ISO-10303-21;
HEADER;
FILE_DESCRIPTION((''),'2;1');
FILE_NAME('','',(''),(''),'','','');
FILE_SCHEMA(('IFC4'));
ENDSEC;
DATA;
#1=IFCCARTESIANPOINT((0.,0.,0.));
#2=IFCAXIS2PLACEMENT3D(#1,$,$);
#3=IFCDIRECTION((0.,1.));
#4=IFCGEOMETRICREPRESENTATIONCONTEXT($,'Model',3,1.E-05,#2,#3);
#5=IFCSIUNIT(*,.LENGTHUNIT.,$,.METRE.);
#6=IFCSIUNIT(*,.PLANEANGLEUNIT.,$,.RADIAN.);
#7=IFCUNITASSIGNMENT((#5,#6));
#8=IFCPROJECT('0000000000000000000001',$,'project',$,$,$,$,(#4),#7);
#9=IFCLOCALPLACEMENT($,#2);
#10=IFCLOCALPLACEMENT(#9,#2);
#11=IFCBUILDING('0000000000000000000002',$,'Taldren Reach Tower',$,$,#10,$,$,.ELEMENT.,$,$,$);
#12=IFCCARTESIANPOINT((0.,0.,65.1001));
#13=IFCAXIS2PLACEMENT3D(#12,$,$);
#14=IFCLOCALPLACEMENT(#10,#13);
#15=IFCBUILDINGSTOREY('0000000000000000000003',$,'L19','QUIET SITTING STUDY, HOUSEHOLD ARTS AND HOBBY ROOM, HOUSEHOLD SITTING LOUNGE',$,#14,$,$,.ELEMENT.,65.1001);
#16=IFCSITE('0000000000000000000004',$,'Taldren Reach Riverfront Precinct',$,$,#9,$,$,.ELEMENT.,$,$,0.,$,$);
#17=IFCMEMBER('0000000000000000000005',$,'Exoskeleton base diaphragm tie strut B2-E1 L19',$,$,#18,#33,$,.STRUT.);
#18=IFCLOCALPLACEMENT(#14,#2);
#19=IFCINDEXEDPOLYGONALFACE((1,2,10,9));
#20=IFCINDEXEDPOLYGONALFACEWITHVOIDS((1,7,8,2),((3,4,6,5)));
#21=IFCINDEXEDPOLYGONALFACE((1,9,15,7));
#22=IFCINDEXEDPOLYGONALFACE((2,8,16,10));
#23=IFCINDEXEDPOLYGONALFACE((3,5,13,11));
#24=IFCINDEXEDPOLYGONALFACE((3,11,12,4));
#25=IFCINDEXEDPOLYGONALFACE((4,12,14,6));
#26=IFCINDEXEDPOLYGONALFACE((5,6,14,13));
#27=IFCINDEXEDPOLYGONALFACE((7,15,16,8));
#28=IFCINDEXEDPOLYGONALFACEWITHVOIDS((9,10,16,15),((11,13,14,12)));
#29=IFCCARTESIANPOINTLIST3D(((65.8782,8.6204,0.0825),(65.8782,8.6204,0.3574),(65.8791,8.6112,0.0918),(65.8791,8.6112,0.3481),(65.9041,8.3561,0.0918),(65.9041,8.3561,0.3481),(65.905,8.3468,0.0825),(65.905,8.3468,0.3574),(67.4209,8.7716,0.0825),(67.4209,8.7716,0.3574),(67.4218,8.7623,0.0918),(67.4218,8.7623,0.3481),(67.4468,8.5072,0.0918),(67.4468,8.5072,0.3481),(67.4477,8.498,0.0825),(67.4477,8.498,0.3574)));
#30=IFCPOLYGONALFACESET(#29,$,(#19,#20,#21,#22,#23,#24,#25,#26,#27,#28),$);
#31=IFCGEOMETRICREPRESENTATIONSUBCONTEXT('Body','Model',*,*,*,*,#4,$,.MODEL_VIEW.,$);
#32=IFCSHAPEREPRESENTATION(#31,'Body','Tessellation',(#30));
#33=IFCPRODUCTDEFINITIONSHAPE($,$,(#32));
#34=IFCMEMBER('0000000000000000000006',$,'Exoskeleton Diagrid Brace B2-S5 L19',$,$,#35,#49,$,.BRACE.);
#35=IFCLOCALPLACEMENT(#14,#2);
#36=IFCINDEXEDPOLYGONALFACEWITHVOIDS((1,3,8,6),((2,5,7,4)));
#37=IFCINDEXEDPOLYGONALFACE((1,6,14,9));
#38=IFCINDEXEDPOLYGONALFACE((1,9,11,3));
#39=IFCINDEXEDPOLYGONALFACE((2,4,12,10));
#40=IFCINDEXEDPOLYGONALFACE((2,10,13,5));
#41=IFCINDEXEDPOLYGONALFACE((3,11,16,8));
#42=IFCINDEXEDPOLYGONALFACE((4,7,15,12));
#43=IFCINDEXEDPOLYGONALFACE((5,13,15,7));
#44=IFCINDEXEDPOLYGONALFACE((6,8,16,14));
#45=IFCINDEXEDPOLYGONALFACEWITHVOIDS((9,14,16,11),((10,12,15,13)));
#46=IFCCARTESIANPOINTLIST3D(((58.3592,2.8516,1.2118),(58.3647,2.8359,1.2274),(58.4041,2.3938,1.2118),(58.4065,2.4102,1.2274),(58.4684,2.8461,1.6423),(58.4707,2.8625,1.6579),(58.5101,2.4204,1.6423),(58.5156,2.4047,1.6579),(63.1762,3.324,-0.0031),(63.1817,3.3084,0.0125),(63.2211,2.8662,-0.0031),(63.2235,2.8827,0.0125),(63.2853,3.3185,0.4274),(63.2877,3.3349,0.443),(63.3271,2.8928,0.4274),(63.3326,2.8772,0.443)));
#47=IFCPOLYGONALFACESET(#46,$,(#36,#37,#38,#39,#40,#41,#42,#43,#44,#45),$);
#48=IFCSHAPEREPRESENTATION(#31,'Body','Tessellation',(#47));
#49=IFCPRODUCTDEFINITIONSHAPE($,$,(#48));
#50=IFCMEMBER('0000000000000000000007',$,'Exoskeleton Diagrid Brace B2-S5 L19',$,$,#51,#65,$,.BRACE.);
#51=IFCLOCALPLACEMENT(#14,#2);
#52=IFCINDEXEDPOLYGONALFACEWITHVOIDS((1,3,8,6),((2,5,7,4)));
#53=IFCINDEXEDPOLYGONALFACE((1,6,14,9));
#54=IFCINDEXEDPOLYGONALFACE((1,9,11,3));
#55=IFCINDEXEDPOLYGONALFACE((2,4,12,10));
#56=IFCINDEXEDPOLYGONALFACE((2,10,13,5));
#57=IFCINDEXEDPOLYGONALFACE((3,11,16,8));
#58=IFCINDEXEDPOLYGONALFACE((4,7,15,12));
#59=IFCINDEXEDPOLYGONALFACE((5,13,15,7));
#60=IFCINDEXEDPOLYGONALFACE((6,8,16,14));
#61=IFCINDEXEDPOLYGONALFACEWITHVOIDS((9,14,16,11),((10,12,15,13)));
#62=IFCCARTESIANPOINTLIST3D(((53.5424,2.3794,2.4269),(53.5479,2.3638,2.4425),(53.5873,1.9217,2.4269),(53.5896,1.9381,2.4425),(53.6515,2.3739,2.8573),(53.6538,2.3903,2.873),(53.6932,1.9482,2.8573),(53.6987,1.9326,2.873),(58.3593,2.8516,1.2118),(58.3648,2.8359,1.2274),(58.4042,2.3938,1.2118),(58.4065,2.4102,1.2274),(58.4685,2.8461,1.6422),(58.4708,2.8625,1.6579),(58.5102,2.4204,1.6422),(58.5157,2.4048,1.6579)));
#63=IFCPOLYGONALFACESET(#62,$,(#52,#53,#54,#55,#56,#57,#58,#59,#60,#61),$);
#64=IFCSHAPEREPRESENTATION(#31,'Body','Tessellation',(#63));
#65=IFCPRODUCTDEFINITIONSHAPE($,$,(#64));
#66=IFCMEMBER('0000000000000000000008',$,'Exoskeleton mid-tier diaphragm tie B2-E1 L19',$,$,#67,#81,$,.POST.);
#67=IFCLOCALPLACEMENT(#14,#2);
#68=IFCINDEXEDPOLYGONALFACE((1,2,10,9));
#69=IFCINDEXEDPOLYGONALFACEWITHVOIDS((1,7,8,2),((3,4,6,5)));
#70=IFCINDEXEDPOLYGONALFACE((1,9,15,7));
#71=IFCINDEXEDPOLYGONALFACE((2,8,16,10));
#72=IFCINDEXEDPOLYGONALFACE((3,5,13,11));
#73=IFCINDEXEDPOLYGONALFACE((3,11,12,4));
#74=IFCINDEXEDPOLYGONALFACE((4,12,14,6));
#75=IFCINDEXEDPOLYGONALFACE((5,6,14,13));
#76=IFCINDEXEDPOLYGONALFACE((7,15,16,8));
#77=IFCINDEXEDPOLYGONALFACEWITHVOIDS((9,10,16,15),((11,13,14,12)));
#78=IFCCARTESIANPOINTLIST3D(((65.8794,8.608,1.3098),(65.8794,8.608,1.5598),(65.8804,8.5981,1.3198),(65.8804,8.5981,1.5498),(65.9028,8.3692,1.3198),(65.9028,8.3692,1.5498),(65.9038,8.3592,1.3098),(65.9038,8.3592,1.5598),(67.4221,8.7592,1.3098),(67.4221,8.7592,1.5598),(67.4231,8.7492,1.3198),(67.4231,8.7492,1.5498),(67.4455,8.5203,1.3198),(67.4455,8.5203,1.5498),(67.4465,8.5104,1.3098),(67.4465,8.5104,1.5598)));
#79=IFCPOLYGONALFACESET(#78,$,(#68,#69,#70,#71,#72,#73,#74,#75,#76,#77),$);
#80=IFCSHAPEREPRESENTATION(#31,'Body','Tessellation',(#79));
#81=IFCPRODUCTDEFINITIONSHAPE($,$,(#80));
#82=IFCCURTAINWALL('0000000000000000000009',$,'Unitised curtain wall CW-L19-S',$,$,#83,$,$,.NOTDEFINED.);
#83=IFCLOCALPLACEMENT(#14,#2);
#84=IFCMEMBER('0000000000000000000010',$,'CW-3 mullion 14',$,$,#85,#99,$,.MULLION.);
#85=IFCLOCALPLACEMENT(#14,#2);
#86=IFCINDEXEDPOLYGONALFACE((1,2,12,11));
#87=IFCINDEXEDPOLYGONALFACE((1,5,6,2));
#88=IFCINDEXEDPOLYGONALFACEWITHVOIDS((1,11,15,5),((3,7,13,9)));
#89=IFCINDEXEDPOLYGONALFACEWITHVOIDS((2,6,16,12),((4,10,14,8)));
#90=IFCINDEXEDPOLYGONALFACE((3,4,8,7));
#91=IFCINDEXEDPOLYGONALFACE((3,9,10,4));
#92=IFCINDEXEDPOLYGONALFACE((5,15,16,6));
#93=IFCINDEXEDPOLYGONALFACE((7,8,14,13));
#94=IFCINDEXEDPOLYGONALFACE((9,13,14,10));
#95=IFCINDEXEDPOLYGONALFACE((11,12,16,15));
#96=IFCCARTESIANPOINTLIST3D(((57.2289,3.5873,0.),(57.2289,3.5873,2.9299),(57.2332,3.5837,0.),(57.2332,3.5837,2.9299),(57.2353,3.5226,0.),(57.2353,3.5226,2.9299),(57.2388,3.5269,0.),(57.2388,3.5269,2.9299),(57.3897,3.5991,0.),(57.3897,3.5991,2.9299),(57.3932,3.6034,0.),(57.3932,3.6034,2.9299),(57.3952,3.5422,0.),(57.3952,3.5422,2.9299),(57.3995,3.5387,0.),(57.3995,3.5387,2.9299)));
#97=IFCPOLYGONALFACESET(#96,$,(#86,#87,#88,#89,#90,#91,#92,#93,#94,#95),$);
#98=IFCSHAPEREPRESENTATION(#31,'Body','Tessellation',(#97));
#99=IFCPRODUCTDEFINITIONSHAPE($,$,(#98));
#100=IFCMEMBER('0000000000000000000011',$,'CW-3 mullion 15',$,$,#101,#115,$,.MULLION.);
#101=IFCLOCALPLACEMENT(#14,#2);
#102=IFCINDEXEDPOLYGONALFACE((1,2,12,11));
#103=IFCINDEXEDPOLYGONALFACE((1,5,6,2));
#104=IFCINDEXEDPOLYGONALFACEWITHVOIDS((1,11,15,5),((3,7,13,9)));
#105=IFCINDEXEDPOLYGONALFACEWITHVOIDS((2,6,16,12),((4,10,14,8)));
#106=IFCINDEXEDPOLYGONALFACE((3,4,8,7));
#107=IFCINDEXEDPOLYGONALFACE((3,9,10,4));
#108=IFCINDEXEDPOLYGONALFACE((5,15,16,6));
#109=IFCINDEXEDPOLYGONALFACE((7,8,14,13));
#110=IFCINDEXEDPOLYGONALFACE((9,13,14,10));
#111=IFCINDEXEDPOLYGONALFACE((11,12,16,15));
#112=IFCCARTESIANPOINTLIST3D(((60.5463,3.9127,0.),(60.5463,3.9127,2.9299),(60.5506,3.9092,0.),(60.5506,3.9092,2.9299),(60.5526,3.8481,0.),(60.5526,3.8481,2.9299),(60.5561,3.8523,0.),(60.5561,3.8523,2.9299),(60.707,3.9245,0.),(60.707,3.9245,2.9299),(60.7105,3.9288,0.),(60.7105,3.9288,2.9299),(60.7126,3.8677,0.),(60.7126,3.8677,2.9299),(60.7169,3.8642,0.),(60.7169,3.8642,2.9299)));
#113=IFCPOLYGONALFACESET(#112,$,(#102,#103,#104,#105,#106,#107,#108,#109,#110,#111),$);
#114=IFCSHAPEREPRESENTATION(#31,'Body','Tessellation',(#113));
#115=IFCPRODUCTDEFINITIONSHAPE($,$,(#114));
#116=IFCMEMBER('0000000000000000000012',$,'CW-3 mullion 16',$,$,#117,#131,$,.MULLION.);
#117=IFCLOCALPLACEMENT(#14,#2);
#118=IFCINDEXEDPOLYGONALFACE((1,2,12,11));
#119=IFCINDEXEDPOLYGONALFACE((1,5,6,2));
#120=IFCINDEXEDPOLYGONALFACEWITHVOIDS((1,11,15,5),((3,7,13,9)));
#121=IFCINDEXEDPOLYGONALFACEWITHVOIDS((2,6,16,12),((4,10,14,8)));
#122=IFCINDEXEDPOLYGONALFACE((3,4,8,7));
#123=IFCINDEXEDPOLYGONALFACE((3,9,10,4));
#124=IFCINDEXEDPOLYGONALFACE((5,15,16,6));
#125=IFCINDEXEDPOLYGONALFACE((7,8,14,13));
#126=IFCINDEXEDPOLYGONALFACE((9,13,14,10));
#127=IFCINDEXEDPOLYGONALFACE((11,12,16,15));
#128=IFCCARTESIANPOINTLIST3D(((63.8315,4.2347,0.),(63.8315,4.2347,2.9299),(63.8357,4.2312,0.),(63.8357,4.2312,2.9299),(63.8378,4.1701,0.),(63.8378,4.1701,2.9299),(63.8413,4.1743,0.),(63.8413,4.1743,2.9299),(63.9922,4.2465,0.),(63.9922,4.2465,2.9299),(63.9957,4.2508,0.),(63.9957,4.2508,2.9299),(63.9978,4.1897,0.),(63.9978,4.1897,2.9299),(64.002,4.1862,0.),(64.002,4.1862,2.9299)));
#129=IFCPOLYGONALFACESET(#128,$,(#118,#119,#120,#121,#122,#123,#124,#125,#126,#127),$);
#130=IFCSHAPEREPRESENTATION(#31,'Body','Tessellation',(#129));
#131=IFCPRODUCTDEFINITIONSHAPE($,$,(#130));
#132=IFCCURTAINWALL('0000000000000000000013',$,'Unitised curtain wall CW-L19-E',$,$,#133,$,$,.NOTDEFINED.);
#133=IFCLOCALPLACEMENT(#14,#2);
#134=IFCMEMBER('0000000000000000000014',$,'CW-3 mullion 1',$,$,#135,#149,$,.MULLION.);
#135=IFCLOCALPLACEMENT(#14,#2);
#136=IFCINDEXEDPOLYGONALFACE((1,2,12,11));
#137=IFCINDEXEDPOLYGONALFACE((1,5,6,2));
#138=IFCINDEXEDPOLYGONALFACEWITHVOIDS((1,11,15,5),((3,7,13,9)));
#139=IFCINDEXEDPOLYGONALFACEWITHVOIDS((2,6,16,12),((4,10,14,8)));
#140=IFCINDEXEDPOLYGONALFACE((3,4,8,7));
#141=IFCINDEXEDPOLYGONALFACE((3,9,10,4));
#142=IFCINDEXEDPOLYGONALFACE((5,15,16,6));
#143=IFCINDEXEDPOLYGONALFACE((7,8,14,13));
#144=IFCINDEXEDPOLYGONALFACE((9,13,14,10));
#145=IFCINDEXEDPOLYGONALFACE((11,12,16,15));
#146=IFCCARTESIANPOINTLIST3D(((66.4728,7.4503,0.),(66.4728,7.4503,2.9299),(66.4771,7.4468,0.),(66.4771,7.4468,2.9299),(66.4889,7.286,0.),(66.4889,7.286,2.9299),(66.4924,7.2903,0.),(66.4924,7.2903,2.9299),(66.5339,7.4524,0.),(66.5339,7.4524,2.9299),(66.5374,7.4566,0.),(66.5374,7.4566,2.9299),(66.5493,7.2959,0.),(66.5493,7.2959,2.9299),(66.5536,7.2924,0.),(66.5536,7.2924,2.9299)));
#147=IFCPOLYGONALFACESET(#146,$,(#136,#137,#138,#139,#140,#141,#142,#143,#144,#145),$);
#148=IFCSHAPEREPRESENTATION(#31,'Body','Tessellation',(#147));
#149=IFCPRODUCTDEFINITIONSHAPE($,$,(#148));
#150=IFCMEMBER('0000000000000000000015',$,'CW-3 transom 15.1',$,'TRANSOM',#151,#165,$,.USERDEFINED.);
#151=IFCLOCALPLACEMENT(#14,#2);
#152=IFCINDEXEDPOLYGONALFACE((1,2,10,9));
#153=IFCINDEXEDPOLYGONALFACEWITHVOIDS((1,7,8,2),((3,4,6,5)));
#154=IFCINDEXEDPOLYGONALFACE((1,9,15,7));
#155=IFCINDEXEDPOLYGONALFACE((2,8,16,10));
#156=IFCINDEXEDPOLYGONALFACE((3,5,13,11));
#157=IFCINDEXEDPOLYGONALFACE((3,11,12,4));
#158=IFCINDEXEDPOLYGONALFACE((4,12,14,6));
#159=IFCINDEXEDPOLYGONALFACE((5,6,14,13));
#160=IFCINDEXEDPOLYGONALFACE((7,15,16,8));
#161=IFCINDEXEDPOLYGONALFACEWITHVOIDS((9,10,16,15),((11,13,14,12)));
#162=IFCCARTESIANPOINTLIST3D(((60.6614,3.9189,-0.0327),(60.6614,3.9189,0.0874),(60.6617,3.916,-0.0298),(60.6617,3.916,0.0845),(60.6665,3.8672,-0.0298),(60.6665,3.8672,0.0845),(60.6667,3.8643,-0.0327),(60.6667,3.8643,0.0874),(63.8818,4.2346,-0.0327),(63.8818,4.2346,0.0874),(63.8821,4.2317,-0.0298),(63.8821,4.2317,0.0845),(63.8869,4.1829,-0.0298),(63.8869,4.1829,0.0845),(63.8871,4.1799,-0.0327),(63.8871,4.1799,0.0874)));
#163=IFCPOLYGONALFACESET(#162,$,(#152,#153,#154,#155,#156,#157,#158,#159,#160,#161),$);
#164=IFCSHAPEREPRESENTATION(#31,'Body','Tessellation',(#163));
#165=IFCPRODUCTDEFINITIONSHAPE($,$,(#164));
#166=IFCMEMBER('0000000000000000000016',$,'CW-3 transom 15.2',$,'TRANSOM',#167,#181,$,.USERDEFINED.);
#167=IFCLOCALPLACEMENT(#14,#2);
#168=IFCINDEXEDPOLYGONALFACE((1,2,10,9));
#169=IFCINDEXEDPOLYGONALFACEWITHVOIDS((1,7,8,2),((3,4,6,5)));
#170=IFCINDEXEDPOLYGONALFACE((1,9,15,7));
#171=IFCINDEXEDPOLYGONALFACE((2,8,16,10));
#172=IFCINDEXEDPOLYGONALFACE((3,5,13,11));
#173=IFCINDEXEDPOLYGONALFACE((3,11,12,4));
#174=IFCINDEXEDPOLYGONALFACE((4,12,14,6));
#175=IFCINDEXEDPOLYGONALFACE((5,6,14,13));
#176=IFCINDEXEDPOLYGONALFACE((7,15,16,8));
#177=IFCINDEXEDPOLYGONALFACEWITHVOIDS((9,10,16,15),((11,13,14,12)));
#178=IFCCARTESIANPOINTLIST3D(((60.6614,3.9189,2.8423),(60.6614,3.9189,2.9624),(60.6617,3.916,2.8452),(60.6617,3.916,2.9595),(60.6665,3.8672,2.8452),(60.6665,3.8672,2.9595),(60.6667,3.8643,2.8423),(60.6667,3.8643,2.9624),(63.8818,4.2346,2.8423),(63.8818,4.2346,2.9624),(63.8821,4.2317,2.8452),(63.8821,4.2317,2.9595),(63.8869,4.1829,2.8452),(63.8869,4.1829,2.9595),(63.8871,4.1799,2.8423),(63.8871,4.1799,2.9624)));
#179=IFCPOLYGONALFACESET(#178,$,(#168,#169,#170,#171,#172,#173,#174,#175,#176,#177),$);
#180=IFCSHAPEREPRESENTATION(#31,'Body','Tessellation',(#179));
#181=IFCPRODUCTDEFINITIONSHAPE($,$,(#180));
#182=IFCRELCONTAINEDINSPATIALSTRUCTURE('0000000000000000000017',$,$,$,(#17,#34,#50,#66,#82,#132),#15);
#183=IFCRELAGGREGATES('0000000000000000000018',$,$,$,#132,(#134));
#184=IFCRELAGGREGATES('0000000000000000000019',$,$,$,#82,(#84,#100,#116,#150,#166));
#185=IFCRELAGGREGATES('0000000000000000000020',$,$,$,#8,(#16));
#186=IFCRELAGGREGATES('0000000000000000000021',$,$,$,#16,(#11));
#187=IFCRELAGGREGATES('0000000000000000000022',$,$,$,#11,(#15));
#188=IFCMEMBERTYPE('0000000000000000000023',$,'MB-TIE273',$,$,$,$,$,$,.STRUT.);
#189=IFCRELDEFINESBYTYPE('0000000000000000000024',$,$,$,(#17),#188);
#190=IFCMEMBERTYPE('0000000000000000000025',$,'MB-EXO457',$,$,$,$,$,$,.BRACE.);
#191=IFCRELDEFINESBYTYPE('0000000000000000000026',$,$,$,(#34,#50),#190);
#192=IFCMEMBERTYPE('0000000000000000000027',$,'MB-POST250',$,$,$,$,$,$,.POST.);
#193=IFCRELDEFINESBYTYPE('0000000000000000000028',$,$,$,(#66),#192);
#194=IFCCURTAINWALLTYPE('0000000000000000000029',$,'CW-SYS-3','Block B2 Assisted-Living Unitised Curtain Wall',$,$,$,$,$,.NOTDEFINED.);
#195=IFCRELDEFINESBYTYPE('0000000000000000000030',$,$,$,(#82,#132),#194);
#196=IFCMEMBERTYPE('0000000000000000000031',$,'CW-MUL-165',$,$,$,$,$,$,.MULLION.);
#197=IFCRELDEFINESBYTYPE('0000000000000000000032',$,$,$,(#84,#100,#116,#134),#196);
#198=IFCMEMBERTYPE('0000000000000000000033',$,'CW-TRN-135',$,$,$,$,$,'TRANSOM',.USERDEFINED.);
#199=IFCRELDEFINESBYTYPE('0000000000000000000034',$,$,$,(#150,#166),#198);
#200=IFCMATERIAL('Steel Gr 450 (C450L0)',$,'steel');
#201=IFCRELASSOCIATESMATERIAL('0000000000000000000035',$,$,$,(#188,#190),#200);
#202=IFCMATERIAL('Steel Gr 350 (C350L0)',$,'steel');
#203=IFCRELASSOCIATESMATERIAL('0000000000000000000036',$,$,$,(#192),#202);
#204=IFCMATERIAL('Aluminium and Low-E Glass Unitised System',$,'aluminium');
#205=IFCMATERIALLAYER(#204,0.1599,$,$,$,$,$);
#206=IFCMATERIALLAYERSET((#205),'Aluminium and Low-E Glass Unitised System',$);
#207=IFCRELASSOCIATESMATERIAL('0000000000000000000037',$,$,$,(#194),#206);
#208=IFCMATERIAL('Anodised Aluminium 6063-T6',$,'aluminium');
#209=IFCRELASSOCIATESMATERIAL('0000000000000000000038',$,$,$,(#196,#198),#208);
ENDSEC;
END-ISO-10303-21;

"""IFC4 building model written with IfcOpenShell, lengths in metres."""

from ifc_helpers import new_model, si_unit, direction, frame, origin, origin_2d, place, context, subcontext, project, spatial, hollow_rectangle, extrude, source, transform, mapped, material, layer, layer_set, material_profile, profile_set, type_object, element, aggregate, save


model = new_model("IFC4")

# Units and contexts
model_context = context("Model", 3, precision=1e-05, world=origin(), true_north=direction((0.0, 1.0)))
body_context = subcontext(model_context, "Body", "Model", "MODEL_VIEW")
ifc_project = project(units=[si_unit("LENGTHUNIT", "METRE"), si_unit("PLANEANGLEUNIT", "RADIAN")], contexts=[model_context])

# Site, building, storey
site_placement = place(None, origin())
site = spatial("IfcSite", under=ifc_project, at=site_placement, Name="Taldren Reach Riverfront Precinct", CompositionType="ELEMENT", RefElevation=0.0)
building_placement = place(site_placement, origin())
building = spatial("IfcBuilding", under=site, at=building_placement, Name="Taldren Reach Tower", CompositionType="ELEMENT")
storey_placement = place(building_placement, frame((0.0, 0.0, 65.1001)))
storey = spatial("IfcBuildingStorey", under=building, at=storey_placement, Name="L19", Description="QUIET SITTING STUDY, HOUSEHOLD ARTS AND HOBBY ROOM, HOUSEHOLD SITTING LOUNGE", CompositionType="ELEMENT", Elevation=65.1001)

# Shared definitions
ifc_material_1 = material(Name="Steel Gr 450 (C450L0)", Category="steel")
ifc_material_profile_1 = material_profile(ifc_material_1, hollow_rectangle(XDim=0.2749, YDim=0.2749, WallThickness=0.0093, at=origin_2d()), Name="275x275x9.3SHS")
ifc_profile_set_1 = profile_set([ifc_material_profile_1], Name="Steel Gr 450 (C450L0)")
member_type_1 = type_object("IfcMemberType", Name="MB-TIE273", PredefinedType="STRUT", material=ifc_profile_set_1)
ifc_material_2 = material(Name="Steel Gr 350 (C350L0)", Category="steel")
ifc_material_profile_2 = material_profile(ifc_material_2, hollow_rectangle(XDim=0.25, YDim=0.25, WallThickness=0.01, at=origin_2d()), Name="250x250x10.0SHS")
ifc_profile_set_2 = profile_set([ifc_material_profile_2], Name="Steel Gr 350 (C350L0)")
member_type_2 = type_object("IfcMemberType", Name="MB-POST250", PredefinedType="POST", material=ifc_profile_set_2)

# Members
shared_shape_1 = source(origin(), body_context, "Body", "SweptSolid", [
    extrude(hollow_rectangle(XDim=0.2749, YDim=0.2749, WallThickness=0.0093, at=origin_2d()), origin(), (0.0, 0.0, 1.0), 1.55),
])
for number, where, z_axis, x_axis, name in (
    (1, (65.8916, 8.4836, 0.22), (0.995236, 0.097492, 0.0), (-0.097492, 0.995236, 0.0), "Exoskeleton base diaphragm tie strut B2-E1 L19"),
):
    element("IfcMember", number, at=place(storey_placement, frame(where, z_axis=z_axis, x_axis=x_axis)), inside=storey, type_object=member_type_1, Name=name, PredefinedType="STRUT", context=body_context, shape_type="MappedRepresentation", body=[
        mapped(shared_shape_1, transform((0.0, 0.0, 0.0), scale=1.0)),
    ])
ifc_material_profile_3 = material_profile(ifc_material_1, hollow_rectangle(XDim=0.46, YDim=0.46, WallThickness=0.0161, at=origin_2d()), Name="460x460x16.0SHS")
ifc_profile_set_3 = profile_set([ifc_material_profile_3], Name="Steel Gr 450 (C450L0)")
member_type_3 = type_object("IfcMemberType", Name="MB-EXO457", PredefinedType="BRACE", material=ifc_profile_set_3)
shared_shape_2 = source(origin(), body_context, "Body", "SweptSolid", [
    extrude(hollow_rectangle(XDim=0.46, YDim=0.46, WallThickness=0.0161, at=origin_2d()), origin(), (0.0, 0.0, 1.0), 4.9902),
])
for number, where, z_axis, x_axis, name in (
    (2, (63.2544, 3.1006, 0.22), (-0.965283, -0.094669, 0.243449), (0.097606, -0.995225, 0.0), "Exoskeleton Diagrid Brace B2-S5 L19"),
    (3, (58.4375, 2.6282, 1.4348), (-0.965276, -0.09462, 0.243496), (0.097556, -0.99523, 0.0), "Exoskeleton Diagrid Brace B2-S5 L19"),
):
    element("IfcMember", number, at=place(storey_placement, frame(where, z_axis=z_axis, x_axis=x_axis)), inside=storey, type_object=member_type_3, Name=name, PredefinedType="BRACE", context=body_context, shape_type="MappedRepresentation", body=[
        mapped(shared_shape_2, transform((0.0, 0.0, 0.0), scale=1.0)),
    ])
shared_shape_3 = source(origin(), body_context, "Body", "SweptSolid", [
    extrude(hollow_rectangle(XDim=0.25, YDim=0.25, WallThickness=0.01, at=origin_2d()), origin(), (0.0, 0.0, 1.0), 1.55),
])
member_1_placement = place(storey_placement, frame((65.8916, 8.4836, 1.4348), z_axis=(0.995236, 0.097492, 0.0), x_axis=(-0.097492, 0.995236, 0.0)))
element("IfcMember", 4, at=member_1_placement, inside=storey, type_object=member_type_2, Name="Exoskeleton mid-tier diaphragm tie B2-E1 L19", PredefinedType="POST", context=body_context, shape_type="MappedRepresentation", body=[
    mapped(shared_shape_3, transform((0.0, 0.0, 0.0), scale=1.0)),
])

# Curtain wall, members
ifc_material_3 = material(Name="Aluminium and Low-E Glass Unitised System", Category="aluminium")
ifc_layer_1 = layer(ifc_material_3, 0.1599)
ifc_layer_set_1 = layer_set([ifc_layer_1], Name="Aluminium and Low-E Glass Unitised System")
curtain_wall_type = type_object("IfcCurtainWallType", Name="CW-SYS-3", Description="Block B2 Assisted-Living Unitised Curtain Wall", PredefinedType="NOTDEFINED", material=ifc_layer_set_1)
curtain_wall_1_placement = place(storey_placement, origin())
curtain_wall_1 = element("IfcCurtainWall", 5, at=curtain_wall_1_placement, inside=storey, type_object=curtain_wall_type, Name="Unitised curtain wall CW-L19-S", PredefinedType="NOTDEFINED")
ifc_material_4 = material(Name="Anodised Aluminium 6063-T6", Category="aluminium")
ifc_material_profile_4 = material_profile(ifc_material_4, hollow_rectangle(XDim=0.0649, YDim=0.165, WallThickness=0.0039, at=origin_2d()), Name="ALU-165x65x4RHS")
ifc_profile_set_4 = profile_set([ifc_material_profile_4], Name="Anodised Aluminium 6063-T6")
member_type_4 = type_object("IfcMemberType", Name="CW-MUL-165", PredefinedType="MULLION", material=ifc_profile_set_4)
shared_shape_4 = source(origin(), body_context, "Body", "SweptSolid", [
    extrude(hollow_rectangle(XDim=0.0649, YDim=0.165, WallThickness=0.0039, at=origin_2d()), origin(), (0.0, 0.0, 1.0), 2.9299),
])
member_2_placement = place(storey_placement, frame((57.3142, 3.563, 0.0), z_axis=(0.0, 0.0, 1.0), x_axis=(-0.097583, 0.995227, 0.0)))
member_2 = element("IfcMember", 6, at=member_2_placement, type_object=member_type_4, Name="CW-3 mullion 14", PredefinedType="MULLION", context=body_context, shape_type="MappedRepresentation", body=[
    mapped(shared_shape_4, transform((0.0, 0.0, 0.0), scale=1.0)),
])
member_3_placement = place(storey_placement, frame((60.6316, 3.8884, 0.0), z_axis=(0.0, 0.0, 1.0), x_axis=(-0.097583, 0.995227, 0.0)))
member_3 = element("IfcMember", 7, at=member_3_placement, type_object=member_type_4, Name="CW-3 mullion 15", PredefinedType="MULLION", context=body_context, shape_type="MappedRepresentation", body=[
    mapped(shared_shape_4, transform((0.0, 0.0, 0.0), scale=1.0)),
])
member_4_placement = place(storey_placement, frame((63.9167, 4.2104, 0.0), z_axis=(0.0, 0.0, 1.0), x_axis=(-0.097583, 0.995227, 0.0)))
member_4 = element("IfcMember", 8, at=member_4_placement, type_object=member_type_4, Name="CW-3 mullion 16", PredefinedType="MULLION", context=body_context, shape_type="MappedRepresentation", body=[
    mapped(shared_shape_4, transform((0.0, 0.0, 0.0), scale=1.0)),
])

# Curtain wall, member
curtain_wall_2_placement = place(storey_placement, origin())
curtain_wall_2 = element("IfcCurtainWall", 9, at=curtain_wall_2_placement, inside=storey, type_object=curtain_wall_type, Name="Unitised curtain wall CW-L19-E", PredefinedType="NOTDEFINED")
member_5_placement = place(storey_placement, frame((66.5132, 7.3713, 0.0), z_axis=(0.0, 0.0, 1.0), x_axis=(-0.995227, -0.097583, 0.0)))
member_5 = element("IfcMember", 10, at=member_5_placement, type_object=member_type_4, Name="CW-3 mullion 1", PredefinedType="MULLION", context=body_context, shape_type="MappedRepresentation", body=[
    mapped(shared_shape_4, transform((0.0, 0.0, 0.0), scale=1.0)),
])

# Members
ifc_material_profile_5 = material_profile(ifc_material_4, hollow_rectangle(XDim=0.0549, YDim=0.1201, WallThickness=0.0029, at=origin_2d()), Name="ALU-120x55x3RHS")
ifc_profile_set_5 = profile_set([ifc_material_profile_5], Name="Anodised Aluminium 6063-T6")
member_type_5 = type_object("IfcMemberType", Name="CW-TRN-135", ElementType="TRANSOM", PredefinedType="USERDEFINED", material=ifc_profile_set_5)
shared_shape_5 = source(origin(), body_context, "Body", "SweptSolid", [
    extrude(hollow_rectangle(XDim=0.0549, YDim=0.1201, WallThickness=0.0029, at=origin_2d()), origin(), (0.0, 0.0, 1.0), 3.2358),
])
member_6_placement = place(storey_placement, frame((60.6641, 3.8916, 0.0273), z_axis=(0.99523, 0.097554, 0.0), x_axis=(-0.097554, 0.99523, 0.0)))
member_6 = element("IfcMember", 11, at=member_6_placement, type_object=member_type_5, Name="CW-3 transom 15.1", ObjectType="TRANSOM", PredefinedType="USERDEFINED", context=body_context, shape_type="MappedRepresentation", body=[
    mapped(shared_shape_5, transform((0.0, 0.0, 0.0), scale=1.0)),
])
member_7_placement = place(storey_placement, frame((60.6641, 3.8916, 2.9023), z_axis=(0.99523, 0.097554, 0.0), x_axis=(-0.097554, 0.99523, 0.0)))
member_7 = element("IfcMember", 12, at=member_7_placement, type_object=member_type_5, Name="CW-3 transom 15.2", ObjectType="TRANSOM", PredefinedType="USERDEFINED", context=body_context, shape_type="MappedRepresentation", body=[
    mapped(shared_shape_5, transform((0.0, 0.0, 0.0), scale=1.0)),
])
aggregate(curtain_wall_2, [member_5])

aggregate(curtain_wall_1, [member_2, member_3, member_4, member_6, member_7])

save(model, "model.ifc")
